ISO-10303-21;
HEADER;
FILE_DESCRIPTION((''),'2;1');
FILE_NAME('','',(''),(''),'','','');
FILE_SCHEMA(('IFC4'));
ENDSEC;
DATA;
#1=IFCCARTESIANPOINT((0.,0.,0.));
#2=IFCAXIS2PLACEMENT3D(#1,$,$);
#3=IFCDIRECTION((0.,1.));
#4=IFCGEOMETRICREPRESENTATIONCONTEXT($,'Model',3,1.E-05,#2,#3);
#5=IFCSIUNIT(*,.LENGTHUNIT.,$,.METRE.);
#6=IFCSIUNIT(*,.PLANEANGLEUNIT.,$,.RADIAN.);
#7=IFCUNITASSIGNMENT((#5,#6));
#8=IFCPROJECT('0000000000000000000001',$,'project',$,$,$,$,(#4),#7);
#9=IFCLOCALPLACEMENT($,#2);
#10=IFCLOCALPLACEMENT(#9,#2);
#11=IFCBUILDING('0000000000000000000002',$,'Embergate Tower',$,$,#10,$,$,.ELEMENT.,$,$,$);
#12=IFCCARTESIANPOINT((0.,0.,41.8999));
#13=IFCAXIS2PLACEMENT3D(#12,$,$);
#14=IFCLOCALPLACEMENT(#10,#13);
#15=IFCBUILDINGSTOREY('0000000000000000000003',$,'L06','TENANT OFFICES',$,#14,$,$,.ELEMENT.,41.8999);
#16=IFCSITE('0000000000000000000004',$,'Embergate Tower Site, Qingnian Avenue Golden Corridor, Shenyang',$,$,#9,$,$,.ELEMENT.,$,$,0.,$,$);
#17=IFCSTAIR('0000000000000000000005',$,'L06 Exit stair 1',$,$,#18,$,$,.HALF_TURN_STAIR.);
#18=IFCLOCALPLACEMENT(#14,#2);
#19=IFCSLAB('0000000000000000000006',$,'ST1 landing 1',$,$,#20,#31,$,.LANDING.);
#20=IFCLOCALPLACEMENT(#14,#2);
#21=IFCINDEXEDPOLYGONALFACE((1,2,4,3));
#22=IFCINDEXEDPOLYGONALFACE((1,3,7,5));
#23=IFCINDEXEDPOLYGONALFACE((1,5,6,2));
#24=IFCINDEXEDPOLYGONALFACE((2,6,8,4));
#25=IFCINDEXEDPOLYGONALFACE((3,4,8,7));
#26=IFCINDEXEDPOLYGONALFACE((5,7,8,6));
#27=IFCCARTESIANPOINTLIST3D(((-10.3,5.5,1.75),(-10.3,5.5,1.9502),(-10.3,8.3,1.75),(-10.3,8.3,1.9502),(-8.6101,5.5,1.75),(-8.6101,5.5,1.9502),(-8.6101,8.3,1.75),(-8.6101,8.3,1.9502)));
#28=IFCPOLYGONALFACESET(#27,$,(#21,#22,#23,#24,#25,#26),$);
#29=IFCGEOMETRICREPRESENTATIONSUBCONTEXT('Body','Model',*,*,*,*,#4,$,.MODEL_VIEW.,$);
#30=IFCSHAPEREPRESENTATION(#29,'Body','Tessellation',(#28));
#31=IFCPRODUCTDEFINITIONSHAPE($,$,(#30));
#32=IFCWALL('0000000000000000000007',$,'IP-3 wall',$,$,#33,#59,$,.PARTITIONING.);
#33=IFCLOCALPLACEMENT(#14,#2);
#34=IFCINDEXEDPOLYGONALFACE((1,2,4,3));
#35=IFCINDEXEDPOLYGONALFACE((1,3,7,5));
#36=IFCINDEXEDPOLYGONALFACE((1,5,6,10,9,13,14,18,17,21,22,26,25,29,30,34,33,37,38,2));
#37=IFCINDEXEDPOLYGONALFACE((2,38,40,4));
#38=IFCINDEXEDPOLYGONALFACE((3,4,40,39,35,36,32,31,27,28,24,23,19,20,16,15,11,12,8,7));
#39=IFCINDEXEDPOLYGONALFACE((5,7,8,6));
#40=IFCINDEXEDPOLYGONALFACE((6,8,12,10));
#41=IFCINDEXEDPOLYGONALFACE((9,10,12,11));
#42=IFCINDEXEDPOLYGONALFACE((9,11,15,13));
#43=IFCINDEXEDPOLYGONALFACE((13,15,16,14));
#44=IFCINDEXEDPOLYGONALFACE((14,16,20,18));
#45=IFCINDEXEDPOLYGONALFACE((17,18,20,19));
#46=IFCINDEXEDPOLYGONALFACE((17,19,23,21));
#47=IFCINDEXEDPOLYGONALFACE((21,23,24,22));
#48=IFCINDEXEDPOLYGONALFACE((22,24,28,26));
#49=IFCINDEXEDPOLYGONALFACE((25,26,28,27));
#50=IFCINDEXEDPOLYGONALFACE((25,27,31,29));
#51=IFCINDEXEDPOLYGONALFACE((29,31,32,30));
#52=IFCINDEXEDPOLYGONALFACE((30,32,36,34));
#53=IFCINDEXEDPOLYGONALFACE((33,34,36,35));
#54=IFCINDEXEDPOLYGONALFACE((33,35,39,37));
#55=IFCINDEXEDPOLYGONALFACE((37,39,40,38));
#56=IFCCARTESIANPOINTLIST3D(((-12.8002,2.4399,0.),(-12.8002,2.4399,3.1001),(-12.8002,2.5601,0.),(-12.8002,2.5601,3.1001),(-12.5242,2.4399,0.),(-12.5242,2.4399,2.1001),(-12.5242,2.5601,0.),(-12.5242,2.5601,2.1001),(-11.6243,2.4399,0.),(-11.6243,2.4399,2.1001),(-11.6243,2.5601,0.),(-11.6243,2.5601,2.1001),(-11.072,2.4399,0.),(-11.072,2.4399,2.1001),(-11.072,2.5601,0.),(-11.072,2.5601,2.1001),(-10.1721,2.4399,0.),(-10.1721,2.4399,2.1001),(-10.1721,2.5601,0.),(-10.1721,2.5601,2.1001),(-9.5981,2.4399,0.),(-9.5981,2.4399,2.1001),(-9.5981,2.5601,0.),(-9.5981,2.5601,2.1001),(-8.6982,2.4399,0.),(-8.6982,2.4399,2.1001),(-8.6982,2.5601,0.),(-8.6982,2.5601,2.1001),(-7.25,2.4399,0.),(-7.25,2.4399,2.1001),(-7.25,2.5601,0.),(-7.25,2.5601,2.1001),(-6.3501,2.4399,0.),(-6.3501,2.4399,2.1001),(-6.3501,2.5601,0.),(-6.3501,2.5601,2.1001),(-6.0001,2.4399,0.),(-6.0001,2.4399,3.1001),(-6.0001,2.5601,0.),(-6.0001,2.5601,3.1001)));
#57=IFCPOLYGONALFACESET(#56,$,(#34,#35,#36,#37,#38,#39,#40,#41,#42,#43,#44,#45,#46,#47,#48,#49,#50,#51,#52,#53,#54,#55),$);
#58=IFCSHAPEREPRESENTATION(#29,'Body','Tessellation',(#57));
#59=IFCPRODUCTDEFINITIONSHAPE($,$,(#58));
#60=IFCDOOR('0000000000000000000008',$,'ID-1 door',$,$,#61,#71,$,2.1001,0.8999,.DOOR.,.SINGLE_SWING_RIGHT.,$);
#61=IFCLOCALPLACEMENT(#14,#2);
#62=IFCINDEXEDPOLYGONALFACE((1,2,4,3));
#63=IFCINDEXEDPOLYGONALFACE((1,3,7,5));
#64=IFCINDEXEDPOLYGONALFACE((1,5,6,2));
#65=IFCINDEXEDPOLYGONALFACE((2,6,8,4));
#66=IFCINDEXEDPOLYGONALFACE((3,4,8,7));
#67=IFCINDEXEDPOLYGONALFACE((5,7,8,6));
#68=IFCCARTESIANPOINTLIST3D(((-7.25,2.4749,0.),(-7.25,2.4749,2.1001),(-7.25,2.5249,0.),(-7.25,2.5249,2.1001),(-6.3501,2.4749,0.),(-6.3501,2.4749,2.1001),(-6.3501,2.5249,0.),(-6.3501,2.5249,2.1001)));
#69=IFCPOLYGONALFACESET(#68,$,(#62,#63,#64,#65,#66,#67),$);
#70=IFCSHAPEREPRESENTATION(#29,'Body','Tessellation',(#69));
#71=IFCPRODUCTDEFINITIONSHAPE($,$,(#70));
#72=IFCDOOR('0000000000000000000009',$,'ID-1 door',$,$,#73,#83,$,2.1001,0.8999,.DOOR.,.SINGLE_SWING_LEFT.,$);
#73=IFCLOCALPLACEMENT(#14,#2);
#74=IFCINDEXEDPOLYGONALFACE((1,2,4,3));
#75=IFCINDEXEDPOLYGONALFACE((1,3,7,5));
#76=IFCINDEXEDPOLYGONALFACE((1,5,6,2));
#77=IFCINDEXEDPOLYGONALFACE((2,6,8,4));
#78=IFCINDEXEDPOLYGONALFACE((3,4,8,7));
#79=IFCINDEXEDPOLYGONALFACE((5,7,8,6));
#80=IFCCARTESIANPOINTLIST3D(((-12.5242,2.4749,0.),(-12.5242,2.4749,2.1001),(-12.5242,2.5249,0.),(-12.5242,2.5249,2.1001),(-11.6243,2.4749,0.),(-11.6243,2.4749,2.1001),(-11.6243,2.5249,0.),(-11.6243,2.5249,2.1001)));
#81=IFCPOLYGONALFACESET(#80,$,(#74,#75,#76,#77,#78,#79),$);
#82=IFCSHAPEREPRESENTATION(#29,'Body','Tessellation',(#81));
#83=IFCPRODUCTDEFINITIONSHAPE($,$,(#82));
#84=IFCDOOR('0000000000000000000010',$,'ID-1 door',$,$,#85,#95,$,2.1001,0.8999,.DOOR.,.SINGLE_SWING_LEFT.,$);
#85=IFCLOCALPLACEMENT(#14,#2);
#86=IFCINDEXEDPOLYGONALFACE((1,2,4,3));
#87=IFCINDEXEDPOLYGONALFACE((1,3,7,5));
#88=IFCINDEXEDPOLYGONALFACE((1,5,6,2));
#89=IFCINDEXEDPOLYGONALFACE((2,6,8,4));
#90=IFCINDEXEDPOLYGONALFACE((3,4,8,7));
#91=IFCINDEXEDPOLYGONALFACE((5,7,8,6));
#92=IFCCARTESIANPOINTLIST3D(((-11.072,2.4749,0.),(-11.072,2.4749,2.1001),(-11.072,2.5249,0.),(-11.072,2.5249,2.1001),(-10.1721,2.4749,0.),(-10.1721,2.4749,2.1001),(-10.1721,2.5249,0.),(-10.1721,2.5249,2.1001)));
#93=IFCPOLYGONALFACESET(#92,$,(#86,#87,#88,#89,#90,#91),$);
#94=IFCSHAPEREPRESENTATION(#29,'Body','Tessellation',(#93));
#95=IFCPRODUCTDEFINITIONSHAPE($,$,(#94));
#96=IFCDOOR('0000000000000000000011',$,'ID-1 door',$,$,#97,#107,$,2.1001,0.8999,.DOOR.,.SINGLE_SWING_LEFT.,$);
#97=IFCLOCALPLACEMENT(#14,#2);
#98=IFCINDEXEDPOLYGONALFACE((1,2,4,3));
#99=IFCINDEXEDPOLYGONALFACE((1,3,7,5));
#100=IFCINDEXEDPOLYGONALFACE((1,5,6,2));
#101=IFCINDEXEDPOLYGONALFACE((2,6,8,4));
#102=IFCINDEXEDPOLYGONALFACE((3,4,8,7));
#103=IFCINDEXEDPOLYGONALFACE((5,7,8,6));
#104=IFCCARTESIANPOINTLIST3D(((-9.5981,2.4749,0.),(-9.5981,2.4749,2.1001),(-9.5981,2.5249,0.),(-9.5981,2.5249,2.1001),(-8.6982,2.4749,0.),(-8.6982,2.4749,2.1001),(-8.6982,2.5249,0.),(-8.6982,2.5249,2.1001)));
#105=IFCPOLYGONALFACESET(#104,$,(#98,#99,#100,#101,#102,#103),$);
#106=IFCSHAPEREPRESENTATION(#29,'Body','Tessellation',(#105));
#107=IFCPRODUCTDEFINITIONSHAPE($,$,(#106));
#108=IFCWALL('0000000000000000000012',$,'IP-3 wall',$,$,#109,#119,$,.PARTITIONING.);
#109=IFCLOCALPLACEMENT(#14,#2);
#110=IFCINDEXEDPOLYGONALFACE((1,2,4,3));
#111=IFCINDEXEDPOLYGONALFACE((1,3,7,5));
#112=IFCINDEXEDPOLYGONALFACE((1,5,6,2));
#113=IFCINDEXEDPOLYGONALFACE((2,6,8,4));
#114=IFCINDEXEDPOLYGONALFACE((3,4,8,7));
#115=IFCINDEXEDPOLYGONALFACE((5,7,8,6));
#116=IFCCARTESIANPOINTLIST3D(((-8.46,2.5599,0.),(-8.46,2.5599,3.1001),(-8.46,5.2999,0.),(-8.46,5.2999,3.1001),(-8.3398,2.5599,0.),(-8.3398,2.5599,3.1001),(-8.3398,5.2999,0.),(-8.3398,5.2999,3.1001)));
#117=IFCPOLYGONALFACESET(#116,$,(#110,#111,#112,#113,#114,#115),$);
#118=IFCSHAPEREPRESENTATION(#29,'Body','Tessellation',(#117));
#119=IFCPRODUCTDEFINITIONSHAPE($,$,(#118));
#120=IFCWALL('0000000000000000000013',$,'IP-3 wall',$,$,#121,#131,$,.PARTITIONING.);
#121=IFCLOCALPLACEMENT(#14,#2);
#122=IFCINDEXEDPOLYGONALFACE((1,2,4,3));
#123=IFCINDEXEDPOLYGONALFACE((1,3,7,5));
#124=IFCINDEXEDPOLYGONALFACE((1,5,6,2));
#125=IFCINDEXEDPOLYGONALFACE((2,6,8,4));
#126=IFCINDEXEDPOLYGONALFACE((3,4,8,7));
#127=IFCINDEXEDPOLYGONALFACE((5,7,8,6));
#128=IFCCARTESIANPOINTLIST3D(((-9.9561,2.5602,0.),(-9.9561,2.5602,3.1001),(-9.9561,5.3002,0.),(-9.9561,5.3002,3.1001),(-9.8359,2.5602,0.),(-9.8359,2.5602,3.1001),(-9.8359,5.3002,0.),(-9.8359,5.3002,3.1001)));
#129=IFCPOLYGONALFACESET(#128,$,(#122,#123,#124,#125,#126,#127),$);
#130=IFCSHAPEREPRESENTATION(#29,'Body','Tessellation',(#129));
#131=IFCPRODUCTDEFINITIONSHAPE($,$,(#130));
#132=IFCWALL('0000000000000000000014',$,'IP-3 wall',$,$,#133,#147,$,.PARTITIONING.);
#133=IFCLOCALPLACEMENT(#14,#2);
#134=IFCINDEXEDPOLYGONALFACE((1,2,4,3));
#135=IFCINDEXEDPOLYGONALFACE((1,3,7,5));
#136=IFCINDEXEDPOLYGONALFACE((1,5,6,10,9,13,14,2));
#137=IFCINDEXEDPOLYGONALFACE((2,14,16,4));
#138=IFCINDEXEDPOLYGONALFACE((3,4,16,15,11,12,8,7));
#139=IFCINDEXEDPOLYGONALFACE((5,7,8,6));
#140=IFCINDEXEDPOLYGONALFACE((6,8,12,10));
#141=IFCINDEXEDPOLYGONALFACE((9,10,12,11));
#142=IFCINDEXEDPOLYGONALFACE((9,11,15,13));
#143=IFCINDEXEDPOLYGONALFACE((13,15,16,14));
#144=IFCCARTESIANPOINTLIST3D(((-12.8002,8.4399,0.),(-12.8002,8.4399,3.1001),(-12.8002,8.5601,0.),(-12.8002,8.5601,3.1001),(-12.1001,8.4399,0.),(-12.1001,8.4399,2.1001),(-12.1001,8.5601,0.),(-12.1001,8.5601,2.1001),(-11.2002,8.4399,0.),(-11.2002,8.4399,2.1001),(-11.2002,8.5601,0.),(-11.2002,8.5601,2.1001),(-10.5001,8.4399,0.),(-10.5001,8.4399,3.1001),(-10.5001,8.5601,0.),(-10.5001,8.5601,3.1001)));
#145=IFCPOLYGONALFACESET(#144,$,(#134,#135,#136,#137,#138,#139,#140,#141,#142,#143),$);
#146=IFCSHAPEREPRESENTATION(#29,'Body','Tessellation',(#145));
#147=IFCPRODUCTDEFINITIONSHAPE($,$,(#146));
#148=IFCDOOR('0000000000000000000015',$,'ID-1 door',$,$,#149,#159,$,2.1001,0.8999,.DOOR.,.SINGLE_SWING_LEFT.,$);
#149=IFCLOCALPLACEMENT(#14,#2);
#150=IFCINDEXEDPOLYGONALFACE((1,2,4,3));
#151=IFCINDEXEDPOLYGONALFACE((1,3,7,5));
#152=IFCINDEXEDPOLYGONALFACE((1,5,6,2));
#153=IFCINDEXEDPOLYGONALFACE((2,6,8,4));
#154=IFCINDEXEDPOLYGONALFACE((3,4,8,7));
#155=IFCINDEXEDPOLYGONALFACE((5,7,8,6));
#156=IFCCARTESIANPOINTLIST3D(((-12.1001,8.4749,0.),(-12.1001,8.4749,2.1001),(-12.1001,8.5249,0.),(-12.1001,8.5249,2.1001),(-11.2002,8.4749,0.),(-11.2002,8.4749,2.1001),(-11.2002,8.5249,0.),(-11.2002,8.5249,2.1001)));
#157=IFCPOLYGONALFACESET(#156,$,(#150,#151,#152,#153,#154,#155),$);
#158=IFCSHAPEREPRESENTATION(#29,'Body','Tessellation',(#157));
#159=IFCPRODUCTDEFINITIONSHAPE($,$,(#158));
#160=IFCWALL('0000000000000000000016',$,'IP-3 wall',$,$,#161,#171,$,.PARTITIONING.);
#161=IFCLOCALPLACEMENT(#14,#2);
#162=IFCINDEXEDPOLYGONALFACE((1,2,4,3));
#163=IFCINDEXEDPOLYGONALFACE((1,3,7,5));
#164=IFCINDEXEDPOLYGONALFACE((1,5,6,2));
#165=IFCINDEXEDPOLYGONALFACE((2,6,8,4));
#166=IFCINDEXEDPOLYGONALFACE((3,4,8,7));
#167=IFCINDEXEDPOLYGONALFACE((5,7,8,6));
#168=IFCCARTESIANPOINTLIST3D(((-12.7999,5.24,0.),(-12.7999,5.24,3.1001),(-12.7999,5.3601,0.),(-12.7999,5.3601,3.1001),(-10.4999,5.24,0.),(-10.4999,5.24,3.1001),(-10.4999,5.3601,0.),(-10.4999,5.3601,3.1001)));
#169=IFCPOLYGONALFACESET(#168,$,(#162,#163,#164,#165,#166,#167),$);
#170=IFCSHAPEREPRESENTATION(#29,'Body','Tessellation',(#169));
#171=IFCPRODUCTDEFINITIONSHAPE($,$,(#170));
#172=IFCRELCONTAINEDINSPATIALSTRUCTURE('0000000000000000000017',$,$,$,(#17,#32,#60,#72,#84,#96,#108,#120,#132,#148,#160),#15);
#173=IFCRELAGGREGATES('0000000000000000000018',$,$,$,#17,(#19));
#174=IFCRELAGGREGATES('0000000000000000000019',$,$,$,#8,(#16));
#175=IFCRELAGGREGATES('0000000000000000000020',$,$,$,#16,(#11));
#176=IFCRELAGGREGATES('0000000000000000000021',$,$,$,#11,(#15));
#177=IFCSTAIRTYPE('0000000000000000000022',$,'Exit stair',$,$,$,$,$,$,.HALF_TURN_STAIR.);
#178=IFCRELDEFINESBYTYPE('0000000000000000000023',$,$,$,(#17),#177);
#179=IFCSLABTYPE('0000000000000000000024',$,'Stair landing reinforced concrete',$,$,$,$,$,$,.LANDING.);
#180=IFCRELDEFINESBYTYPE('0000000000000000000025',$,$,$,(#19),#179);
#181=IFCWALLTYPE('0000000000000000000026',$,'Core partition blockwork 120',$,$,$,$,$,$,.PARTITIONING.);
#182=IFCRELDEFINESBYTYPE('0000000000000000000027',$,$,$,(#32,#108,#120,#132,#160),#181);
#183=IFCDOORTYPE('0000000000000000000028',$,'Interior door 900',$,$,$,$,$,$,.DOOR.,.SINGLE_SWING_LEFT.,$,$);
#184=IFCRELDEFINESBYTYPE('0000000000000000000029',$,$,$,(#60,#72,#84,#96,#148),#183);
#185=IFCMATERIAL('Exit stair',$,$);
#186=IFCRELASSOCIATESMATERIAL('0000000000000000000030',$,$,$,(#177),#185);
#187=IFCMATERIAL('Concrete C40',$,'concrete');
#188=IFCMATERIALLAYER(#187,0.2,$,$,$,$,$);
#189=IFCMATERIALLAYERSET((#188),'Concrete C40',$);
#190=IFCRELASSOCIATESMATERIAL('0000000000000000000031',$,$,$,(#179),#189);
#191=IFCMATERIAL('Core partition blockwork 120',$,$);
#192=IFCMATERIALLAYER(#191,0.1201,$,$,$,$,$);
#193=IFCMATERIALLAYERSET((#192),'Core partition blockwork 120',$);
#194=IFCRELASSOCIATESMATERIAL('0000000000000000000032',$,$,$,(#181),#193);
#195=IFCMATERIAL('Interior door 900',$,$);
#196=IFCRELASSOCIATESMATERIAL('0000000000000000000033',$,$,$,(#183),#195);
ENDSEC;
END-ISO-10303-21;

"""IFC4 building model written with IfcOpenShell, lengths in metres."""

from ifc_helpers import new_model, si_unit, direction, frame, frame_2d, origin, place, context, subcontext, project, spatial, polyline, rectangle, outline, extrude, source, transform, mapped, material, layer, layer_set, type_object, element, fill, aggregate, save


model = new_model("IFC4")

# Units and contexts
model_context = context("Model", 3, precision=1e-05, world=origin(), true_north=direction((0.0, 1.0)))
body_context = subcontext(model_context, "Body", "Model", "MODEL_VIEW")
ifc_project = project(units=[si_unit("LENGTHUNIT", "METRE"), si_unit("PLANEANGLEUNIT", "RADIAN")], contexts=[model_context])

# Site, building, storey
site_placement = place(None, origin())
site = spatial("IfcSite", under=ifc_project, at=site_placement, Name="Embergate Tower Site, Qingnian Avenue Golden Corridor, Shenyang", CompositionType="ELEMENT", RefElevation=0.0)
building_placement = place(site_placement, origin())
building = spatial("IfcBuilding", under=site, at=building_placement, Name="Embergate Tower", CompositionType="ELEMENT")
storey_placement = place(building_placement, frame((0.0, 0.0, 41.8999)))
storey = spatial("IfcBuildingStorey", under=building, at=storey_placement, Name="L06", Description="TENANT OFFICES", CompositionType="ELEMENT", Elevation=41.8999)

# Stair, slab
ifc_material_1 = material(Name="Exit stair")
stair_type = type_object("IfcStairType", Name="Exit stair", PredefinedType="HALF_TURN_STAIR", material=ifc_material_1)
stair_placement = place(storey_placement, origin())
stair = element("IfcStair", 1, at=stair_placement, inside=storey, type_object=stair_type, Name="L06 Exit stair 1", PredefinedType="HALF_TURN_STAIR")
ifc_material_2 = material(Name="Concrete C40", Category="concrete")
ifc_layer_1 = layer(ifc_material_2, 0.2)
ifc_layer_set_1 = layer_set([ifc_layer_1], Name="Concrete C40")
slab_type = type_object("IfcSlabType", Name="Stair landing reinforced concrete", PredefinedType="LANDING", material=ifc_layer_set_1)
shared_shape_1 = source(origin(), body_context, "Body", "SweptSolid", [
    extrude(outline(polyline([(0.0, 0.0), (1.6899, 0.0), (1.6899, 2.8), (0.0, 2.8), (0.0, 0.0)])), origin(), (0.0, 0.0, 1.0), 0.2002),
])
slab_placement = place(storey_placement, frame((-10.3, 5.5, 1.75)))
slab = element("IfcSlab", 2, at=slab_placement, type_object=slab_type, Name="ST1 landing 1", PredefinedType="LANDING", context=body_context, shape_type="MappedRepresentation", body=[
    mapped(shared_shape_1, transform((0.0, 0.0, 0.0))),
])

# Wall, openings, doors
ifc_material_3 = material(Name="Core partition blockwork 120")
ifc_layer_2 = layer(ifc_material_3, 0.1201)
ifc_layer_set_2 = layer_set([ifc_layer_2], Name="Core partition blockwork 120")
wall_type_1 = type_object("IfcWallType", Name="Core partition blockwork 120", PredefinedType="PARTITIONING", material=ifc_layer_set_2)
shared_shape_2 = source(origin(), body_context, "Body", "SweptSolid", [
    extrude(rectangle(XDim=6.8, YDim=0.1201, at=frame_2d((3.3999, 0.0))), origin(), (0.0, 0.0, 1.0), 3.1001),
])
wall_1_placement = place(storey_placement, frame((-12.8, 2.5, 0.0), z_axis=(0.0, 0.0, 1.0), x_axis=(1.0, 0.0, 0.0)))
wall_1 = element("IfcWall", 3, at=wall_1_placement, inside=storey, type_object=wall_type_1, Name="IP-3 wall", PredefinedType="PARTITIONING", context=body_context, shape_type="MappedRepresentation", body=[
    mapped(shared_shape_2, transform((0.0, 0.0, 0.0))),
])
shared_shape_3 = source(origin(), body_context, "Body", "SweptSolid", [
    extrude(rectangle(XDim=0.8999, YDim=2.1001, at=frame_2d((0.45, 1.05))), frame((0.0, 0.0701, 0.0), z_axis=(0.0, -1.0, 0.0), x_axis=(1.0, 0.0, 0.0)), (0.0, 0.0, 1.0), 0.1401),
])
opening_1_placement = place(wall_1_placement, frame((5.55, 0.0, 0.0)))
opening_1 = element("IfcOpeningElement", 4, at=opening_1_placement, cuts=wall_1, PredefinedType="OPENING", context=body_context, shape_type="MappedRepresentation", body=[
    mapped(shared_shape_3, transform((0.0, 0.0, 0.0))),
])
opening_2_placement = place(wall_1_placement, frame((0.2759, 0.0, 0.0)))
opening_2 = element("IfcOpeningElement", 5, at=opening_2_placement, cuts=wall_1, PredefinedType="OPENING", context=body_context, shape_type="MappedRepresentation", body=[
    mapped(shared_shape_3, transform((0.0, 0.0, 0.0))),
])
opening_3_placement = place(wall_1_placement, frame((1.728, 0.0, 0.0)))
opening_3 = element("IfcOpeningElement", 6, at=opening_3_placement, cuts=wall_1, PredefinedType="OPENING", context=body_context, shape_type="MappedRepresentation", body=[
    mapped(shared_shape_3, transform((0.0, 0.0, 0.0))),
])
opening_4_placement = place(wall_1_placement, frame((3.2019, 0.0, 0.0)))
opening_4 = element("IfcOpeningElement", 7, at=opening_4_placement, cuts=wall_1, PredefinedType="OPENING", context=body_context, shape_type="MappedRepresentation", body=[
    mapped(shared_shape_3, transform((0.0, 0.0, 0.0))),
])
ifc_material_4 = material(Name="Interior door 900")
door_type_1 = type_object("IfcDoorType", Name="Interior door 900", OperationType="SINGLE_SWING_LEFT", PredefinedType="DOOR", material=ifc_material_4)
shared_shape_4 = source(origin(), body_context, "Body", "SweptSolid", [
    extrude(rectangle(XDim=0.8999, YDim=2.1001, at=frame_2d((0.45, 1.05))), frame((0.0, 0.0249, 0.0), z_axis=(0.0, -1.0, 0.0), x_axis=(1.0, 0.0, 0.0)), (0.0, 0.0, 1.0), 0.05),
])
door_1_placement = place(opening_1_placement, origin())
door_1 = element("IfcDoor", 8, at=door_1_placement, inside=storey, type_object=door_type_1, Name="ID-1 door", OperationType="SINGLE_SWING_RIGHT", OverallHeight=2.1001, OverallWidth=0.8999, PredefinedType="DOOR", context=body_context, shape_type="MappedRepresentation", body=[
    mapped(shared_shape_4, transform((0.0, 0.0, 0.0))),
])
fill(opening_1, door_1)
door_2_placement = place(opening_2_placement, origin())
door_2 = element("IfcDoor", 9, at=door_2_placement, inside=storey, type_object=door_type_1, Name="ID-1 door", OperationType="SINGLE_SWING_LEFT", OverallHeight=2.1001, OverallWidth=0.8999, PredefinedType="DOOR", context=body_context, shape_type="MappedRepresentation", body=[
    mapped(shared_shape_4, transform((0.0, 0.0, 0.0))),
])
fill(opening_2, door_2)
door_3_placement = place(opening_3_placement, origin())
door_3 = element("IfcDoor", 10, at=door_3_placement, inside=storey, type_object=door_type_1, Name="ID-1 door", OperationType="SINGLE_SWING_LEFT", OverallHeight=2.1001, OverallWidth=0.8999, PredefinedType="DOOR", context=body_context, shape_type="MappedRepresentation", body=[
    mapped(shared_shape_4, transform((0.0, 0.0, 0.0))),
])
fill(opening_3, door_3)
door_4_placement = place(opening_4_placement, origin())
door_4 = element("IfcDoor", 11, at=door_4_placement, inside=storey, type_object=door_type_1, Name="ID-1 door", OperationType="SINGLE_SWING_LEFT", OverallHeight=2.1001, OverallWidth=0.8999, PredefinedType="DOOR", context=body_context, shape_type="MappedRepresentation", body=[
    mapped(shared_shape_4, transform((0.0, 0.0, 0.0))),
])
fill(opening_4, door_4)

# Walls
shared_shape_5 = source(origin(), body_context, "Body", "SweptSolid", [
    extrude(rectangle(XDim=2.74, YDim=0.1201, at=frame_2d((1.3701, 0.0))), origin(), (0.0, 0.0, 1.0), 3.1001),
])
for number, where, z_axis, x_axis, name in (
    (12, (-8.3999, 5.3, 0.0), (0.0, 0.0, 1.0), (0.0, -1.0, 0.0), "IP-3 wall"),
    (13, (-9.896, 2.5601, 0.0), (0.0, 0.0, 1.0), (0.0, 1.0, 0.0), "IP-3 wall"),
):
    element("IfcWall", number, at=place(storey_placement, frame(where, z_axis=z_axis, x_axis=x_axis)), inside=storey, type_object=wall_type_1, Name=name, PredefinedType="PARTITIONING", context=body_context, shape_type="MappedRepresentation", body=[
        mapped(shared_shape_5, transform((0.0, 0.0, 0.0))),
    ])

# Wall, opening, door
shared_shape_6 = source(origin(), body_context, "Body", "SweptSolid", [
    extrude(rectangle(XDim=2.3, YDim=0.1201, at=frame_2d((1.1499, 0.0))), origin(), (0.0, 0.0, 1.0), 3.1001),
])
wall_2_placement = place(storey_placement, frame((-12.8, 8.5, 0.0), z_axis=(0.0, 0.0, 1.0), x_axis=(1.0, 0.0, 0.0)))
wall_2 = element("IfcWall", 14, at=wall_2_placement, inside=storey, type_object=wall_type_1, Name="IP-3 wall", PredefinedType="PARTITIONING", context=body_context, shape_type="MappedRepresentation", body=[
    mapped(shared_shape_6, transform((0.0, 0.0, 0.0))),
])
opening_5_placement = place(wall_2_placement, frame((0.7, 0.0, 0.0)))
opening_5 = element("IfcOpeningElement", 15, at=opening_5_placement, cuts=wall_2, PredefinedType="OPENING", context=body_context, shape_type="MappedRepresentation", body=[
    mapped(shared_shape_3, transform((0.0, 0.0, 0.0))),
])
door_5_placement = place(opening_5_placement, origin())
door_5 = element("IfcDoor", 16, at=door_5_placement, inside=storey, type_object=door_type_1, Name="ID-1 door", OperationType="SINGLE_SWING_LEFT", OverallHeight=2.1001, OverallWidth=0.8999, PredefinedType="DOOR", context=body_context, shape_type="MappedRepresentation", body=[
    mapped(shared_shape_4, transform((0.0, 0.0, 0.0))),
])
fill(opening_5, door_5)

# Wall
wall_3_placement = place(storey_placement, frame((-10.5, 5.3, 0.0), z_axis=(0.0, 0.0, 1.0), x_axis=(-1.0, 0.0, 0.0)))
element("IfcWall", 17, at=wall_3_placement, inside=storey, type_object=wall_type_1, Name="IP-3 wall", PredefinedType="PARTITIONING", context=body_context, shape_type="MappedRepresentation", body=[
    mapped(shared_shape_6, transform((0.0, 0.0, 0.0))),
])

aggregate(stair, [slab])

save(model, "model.ifc")
